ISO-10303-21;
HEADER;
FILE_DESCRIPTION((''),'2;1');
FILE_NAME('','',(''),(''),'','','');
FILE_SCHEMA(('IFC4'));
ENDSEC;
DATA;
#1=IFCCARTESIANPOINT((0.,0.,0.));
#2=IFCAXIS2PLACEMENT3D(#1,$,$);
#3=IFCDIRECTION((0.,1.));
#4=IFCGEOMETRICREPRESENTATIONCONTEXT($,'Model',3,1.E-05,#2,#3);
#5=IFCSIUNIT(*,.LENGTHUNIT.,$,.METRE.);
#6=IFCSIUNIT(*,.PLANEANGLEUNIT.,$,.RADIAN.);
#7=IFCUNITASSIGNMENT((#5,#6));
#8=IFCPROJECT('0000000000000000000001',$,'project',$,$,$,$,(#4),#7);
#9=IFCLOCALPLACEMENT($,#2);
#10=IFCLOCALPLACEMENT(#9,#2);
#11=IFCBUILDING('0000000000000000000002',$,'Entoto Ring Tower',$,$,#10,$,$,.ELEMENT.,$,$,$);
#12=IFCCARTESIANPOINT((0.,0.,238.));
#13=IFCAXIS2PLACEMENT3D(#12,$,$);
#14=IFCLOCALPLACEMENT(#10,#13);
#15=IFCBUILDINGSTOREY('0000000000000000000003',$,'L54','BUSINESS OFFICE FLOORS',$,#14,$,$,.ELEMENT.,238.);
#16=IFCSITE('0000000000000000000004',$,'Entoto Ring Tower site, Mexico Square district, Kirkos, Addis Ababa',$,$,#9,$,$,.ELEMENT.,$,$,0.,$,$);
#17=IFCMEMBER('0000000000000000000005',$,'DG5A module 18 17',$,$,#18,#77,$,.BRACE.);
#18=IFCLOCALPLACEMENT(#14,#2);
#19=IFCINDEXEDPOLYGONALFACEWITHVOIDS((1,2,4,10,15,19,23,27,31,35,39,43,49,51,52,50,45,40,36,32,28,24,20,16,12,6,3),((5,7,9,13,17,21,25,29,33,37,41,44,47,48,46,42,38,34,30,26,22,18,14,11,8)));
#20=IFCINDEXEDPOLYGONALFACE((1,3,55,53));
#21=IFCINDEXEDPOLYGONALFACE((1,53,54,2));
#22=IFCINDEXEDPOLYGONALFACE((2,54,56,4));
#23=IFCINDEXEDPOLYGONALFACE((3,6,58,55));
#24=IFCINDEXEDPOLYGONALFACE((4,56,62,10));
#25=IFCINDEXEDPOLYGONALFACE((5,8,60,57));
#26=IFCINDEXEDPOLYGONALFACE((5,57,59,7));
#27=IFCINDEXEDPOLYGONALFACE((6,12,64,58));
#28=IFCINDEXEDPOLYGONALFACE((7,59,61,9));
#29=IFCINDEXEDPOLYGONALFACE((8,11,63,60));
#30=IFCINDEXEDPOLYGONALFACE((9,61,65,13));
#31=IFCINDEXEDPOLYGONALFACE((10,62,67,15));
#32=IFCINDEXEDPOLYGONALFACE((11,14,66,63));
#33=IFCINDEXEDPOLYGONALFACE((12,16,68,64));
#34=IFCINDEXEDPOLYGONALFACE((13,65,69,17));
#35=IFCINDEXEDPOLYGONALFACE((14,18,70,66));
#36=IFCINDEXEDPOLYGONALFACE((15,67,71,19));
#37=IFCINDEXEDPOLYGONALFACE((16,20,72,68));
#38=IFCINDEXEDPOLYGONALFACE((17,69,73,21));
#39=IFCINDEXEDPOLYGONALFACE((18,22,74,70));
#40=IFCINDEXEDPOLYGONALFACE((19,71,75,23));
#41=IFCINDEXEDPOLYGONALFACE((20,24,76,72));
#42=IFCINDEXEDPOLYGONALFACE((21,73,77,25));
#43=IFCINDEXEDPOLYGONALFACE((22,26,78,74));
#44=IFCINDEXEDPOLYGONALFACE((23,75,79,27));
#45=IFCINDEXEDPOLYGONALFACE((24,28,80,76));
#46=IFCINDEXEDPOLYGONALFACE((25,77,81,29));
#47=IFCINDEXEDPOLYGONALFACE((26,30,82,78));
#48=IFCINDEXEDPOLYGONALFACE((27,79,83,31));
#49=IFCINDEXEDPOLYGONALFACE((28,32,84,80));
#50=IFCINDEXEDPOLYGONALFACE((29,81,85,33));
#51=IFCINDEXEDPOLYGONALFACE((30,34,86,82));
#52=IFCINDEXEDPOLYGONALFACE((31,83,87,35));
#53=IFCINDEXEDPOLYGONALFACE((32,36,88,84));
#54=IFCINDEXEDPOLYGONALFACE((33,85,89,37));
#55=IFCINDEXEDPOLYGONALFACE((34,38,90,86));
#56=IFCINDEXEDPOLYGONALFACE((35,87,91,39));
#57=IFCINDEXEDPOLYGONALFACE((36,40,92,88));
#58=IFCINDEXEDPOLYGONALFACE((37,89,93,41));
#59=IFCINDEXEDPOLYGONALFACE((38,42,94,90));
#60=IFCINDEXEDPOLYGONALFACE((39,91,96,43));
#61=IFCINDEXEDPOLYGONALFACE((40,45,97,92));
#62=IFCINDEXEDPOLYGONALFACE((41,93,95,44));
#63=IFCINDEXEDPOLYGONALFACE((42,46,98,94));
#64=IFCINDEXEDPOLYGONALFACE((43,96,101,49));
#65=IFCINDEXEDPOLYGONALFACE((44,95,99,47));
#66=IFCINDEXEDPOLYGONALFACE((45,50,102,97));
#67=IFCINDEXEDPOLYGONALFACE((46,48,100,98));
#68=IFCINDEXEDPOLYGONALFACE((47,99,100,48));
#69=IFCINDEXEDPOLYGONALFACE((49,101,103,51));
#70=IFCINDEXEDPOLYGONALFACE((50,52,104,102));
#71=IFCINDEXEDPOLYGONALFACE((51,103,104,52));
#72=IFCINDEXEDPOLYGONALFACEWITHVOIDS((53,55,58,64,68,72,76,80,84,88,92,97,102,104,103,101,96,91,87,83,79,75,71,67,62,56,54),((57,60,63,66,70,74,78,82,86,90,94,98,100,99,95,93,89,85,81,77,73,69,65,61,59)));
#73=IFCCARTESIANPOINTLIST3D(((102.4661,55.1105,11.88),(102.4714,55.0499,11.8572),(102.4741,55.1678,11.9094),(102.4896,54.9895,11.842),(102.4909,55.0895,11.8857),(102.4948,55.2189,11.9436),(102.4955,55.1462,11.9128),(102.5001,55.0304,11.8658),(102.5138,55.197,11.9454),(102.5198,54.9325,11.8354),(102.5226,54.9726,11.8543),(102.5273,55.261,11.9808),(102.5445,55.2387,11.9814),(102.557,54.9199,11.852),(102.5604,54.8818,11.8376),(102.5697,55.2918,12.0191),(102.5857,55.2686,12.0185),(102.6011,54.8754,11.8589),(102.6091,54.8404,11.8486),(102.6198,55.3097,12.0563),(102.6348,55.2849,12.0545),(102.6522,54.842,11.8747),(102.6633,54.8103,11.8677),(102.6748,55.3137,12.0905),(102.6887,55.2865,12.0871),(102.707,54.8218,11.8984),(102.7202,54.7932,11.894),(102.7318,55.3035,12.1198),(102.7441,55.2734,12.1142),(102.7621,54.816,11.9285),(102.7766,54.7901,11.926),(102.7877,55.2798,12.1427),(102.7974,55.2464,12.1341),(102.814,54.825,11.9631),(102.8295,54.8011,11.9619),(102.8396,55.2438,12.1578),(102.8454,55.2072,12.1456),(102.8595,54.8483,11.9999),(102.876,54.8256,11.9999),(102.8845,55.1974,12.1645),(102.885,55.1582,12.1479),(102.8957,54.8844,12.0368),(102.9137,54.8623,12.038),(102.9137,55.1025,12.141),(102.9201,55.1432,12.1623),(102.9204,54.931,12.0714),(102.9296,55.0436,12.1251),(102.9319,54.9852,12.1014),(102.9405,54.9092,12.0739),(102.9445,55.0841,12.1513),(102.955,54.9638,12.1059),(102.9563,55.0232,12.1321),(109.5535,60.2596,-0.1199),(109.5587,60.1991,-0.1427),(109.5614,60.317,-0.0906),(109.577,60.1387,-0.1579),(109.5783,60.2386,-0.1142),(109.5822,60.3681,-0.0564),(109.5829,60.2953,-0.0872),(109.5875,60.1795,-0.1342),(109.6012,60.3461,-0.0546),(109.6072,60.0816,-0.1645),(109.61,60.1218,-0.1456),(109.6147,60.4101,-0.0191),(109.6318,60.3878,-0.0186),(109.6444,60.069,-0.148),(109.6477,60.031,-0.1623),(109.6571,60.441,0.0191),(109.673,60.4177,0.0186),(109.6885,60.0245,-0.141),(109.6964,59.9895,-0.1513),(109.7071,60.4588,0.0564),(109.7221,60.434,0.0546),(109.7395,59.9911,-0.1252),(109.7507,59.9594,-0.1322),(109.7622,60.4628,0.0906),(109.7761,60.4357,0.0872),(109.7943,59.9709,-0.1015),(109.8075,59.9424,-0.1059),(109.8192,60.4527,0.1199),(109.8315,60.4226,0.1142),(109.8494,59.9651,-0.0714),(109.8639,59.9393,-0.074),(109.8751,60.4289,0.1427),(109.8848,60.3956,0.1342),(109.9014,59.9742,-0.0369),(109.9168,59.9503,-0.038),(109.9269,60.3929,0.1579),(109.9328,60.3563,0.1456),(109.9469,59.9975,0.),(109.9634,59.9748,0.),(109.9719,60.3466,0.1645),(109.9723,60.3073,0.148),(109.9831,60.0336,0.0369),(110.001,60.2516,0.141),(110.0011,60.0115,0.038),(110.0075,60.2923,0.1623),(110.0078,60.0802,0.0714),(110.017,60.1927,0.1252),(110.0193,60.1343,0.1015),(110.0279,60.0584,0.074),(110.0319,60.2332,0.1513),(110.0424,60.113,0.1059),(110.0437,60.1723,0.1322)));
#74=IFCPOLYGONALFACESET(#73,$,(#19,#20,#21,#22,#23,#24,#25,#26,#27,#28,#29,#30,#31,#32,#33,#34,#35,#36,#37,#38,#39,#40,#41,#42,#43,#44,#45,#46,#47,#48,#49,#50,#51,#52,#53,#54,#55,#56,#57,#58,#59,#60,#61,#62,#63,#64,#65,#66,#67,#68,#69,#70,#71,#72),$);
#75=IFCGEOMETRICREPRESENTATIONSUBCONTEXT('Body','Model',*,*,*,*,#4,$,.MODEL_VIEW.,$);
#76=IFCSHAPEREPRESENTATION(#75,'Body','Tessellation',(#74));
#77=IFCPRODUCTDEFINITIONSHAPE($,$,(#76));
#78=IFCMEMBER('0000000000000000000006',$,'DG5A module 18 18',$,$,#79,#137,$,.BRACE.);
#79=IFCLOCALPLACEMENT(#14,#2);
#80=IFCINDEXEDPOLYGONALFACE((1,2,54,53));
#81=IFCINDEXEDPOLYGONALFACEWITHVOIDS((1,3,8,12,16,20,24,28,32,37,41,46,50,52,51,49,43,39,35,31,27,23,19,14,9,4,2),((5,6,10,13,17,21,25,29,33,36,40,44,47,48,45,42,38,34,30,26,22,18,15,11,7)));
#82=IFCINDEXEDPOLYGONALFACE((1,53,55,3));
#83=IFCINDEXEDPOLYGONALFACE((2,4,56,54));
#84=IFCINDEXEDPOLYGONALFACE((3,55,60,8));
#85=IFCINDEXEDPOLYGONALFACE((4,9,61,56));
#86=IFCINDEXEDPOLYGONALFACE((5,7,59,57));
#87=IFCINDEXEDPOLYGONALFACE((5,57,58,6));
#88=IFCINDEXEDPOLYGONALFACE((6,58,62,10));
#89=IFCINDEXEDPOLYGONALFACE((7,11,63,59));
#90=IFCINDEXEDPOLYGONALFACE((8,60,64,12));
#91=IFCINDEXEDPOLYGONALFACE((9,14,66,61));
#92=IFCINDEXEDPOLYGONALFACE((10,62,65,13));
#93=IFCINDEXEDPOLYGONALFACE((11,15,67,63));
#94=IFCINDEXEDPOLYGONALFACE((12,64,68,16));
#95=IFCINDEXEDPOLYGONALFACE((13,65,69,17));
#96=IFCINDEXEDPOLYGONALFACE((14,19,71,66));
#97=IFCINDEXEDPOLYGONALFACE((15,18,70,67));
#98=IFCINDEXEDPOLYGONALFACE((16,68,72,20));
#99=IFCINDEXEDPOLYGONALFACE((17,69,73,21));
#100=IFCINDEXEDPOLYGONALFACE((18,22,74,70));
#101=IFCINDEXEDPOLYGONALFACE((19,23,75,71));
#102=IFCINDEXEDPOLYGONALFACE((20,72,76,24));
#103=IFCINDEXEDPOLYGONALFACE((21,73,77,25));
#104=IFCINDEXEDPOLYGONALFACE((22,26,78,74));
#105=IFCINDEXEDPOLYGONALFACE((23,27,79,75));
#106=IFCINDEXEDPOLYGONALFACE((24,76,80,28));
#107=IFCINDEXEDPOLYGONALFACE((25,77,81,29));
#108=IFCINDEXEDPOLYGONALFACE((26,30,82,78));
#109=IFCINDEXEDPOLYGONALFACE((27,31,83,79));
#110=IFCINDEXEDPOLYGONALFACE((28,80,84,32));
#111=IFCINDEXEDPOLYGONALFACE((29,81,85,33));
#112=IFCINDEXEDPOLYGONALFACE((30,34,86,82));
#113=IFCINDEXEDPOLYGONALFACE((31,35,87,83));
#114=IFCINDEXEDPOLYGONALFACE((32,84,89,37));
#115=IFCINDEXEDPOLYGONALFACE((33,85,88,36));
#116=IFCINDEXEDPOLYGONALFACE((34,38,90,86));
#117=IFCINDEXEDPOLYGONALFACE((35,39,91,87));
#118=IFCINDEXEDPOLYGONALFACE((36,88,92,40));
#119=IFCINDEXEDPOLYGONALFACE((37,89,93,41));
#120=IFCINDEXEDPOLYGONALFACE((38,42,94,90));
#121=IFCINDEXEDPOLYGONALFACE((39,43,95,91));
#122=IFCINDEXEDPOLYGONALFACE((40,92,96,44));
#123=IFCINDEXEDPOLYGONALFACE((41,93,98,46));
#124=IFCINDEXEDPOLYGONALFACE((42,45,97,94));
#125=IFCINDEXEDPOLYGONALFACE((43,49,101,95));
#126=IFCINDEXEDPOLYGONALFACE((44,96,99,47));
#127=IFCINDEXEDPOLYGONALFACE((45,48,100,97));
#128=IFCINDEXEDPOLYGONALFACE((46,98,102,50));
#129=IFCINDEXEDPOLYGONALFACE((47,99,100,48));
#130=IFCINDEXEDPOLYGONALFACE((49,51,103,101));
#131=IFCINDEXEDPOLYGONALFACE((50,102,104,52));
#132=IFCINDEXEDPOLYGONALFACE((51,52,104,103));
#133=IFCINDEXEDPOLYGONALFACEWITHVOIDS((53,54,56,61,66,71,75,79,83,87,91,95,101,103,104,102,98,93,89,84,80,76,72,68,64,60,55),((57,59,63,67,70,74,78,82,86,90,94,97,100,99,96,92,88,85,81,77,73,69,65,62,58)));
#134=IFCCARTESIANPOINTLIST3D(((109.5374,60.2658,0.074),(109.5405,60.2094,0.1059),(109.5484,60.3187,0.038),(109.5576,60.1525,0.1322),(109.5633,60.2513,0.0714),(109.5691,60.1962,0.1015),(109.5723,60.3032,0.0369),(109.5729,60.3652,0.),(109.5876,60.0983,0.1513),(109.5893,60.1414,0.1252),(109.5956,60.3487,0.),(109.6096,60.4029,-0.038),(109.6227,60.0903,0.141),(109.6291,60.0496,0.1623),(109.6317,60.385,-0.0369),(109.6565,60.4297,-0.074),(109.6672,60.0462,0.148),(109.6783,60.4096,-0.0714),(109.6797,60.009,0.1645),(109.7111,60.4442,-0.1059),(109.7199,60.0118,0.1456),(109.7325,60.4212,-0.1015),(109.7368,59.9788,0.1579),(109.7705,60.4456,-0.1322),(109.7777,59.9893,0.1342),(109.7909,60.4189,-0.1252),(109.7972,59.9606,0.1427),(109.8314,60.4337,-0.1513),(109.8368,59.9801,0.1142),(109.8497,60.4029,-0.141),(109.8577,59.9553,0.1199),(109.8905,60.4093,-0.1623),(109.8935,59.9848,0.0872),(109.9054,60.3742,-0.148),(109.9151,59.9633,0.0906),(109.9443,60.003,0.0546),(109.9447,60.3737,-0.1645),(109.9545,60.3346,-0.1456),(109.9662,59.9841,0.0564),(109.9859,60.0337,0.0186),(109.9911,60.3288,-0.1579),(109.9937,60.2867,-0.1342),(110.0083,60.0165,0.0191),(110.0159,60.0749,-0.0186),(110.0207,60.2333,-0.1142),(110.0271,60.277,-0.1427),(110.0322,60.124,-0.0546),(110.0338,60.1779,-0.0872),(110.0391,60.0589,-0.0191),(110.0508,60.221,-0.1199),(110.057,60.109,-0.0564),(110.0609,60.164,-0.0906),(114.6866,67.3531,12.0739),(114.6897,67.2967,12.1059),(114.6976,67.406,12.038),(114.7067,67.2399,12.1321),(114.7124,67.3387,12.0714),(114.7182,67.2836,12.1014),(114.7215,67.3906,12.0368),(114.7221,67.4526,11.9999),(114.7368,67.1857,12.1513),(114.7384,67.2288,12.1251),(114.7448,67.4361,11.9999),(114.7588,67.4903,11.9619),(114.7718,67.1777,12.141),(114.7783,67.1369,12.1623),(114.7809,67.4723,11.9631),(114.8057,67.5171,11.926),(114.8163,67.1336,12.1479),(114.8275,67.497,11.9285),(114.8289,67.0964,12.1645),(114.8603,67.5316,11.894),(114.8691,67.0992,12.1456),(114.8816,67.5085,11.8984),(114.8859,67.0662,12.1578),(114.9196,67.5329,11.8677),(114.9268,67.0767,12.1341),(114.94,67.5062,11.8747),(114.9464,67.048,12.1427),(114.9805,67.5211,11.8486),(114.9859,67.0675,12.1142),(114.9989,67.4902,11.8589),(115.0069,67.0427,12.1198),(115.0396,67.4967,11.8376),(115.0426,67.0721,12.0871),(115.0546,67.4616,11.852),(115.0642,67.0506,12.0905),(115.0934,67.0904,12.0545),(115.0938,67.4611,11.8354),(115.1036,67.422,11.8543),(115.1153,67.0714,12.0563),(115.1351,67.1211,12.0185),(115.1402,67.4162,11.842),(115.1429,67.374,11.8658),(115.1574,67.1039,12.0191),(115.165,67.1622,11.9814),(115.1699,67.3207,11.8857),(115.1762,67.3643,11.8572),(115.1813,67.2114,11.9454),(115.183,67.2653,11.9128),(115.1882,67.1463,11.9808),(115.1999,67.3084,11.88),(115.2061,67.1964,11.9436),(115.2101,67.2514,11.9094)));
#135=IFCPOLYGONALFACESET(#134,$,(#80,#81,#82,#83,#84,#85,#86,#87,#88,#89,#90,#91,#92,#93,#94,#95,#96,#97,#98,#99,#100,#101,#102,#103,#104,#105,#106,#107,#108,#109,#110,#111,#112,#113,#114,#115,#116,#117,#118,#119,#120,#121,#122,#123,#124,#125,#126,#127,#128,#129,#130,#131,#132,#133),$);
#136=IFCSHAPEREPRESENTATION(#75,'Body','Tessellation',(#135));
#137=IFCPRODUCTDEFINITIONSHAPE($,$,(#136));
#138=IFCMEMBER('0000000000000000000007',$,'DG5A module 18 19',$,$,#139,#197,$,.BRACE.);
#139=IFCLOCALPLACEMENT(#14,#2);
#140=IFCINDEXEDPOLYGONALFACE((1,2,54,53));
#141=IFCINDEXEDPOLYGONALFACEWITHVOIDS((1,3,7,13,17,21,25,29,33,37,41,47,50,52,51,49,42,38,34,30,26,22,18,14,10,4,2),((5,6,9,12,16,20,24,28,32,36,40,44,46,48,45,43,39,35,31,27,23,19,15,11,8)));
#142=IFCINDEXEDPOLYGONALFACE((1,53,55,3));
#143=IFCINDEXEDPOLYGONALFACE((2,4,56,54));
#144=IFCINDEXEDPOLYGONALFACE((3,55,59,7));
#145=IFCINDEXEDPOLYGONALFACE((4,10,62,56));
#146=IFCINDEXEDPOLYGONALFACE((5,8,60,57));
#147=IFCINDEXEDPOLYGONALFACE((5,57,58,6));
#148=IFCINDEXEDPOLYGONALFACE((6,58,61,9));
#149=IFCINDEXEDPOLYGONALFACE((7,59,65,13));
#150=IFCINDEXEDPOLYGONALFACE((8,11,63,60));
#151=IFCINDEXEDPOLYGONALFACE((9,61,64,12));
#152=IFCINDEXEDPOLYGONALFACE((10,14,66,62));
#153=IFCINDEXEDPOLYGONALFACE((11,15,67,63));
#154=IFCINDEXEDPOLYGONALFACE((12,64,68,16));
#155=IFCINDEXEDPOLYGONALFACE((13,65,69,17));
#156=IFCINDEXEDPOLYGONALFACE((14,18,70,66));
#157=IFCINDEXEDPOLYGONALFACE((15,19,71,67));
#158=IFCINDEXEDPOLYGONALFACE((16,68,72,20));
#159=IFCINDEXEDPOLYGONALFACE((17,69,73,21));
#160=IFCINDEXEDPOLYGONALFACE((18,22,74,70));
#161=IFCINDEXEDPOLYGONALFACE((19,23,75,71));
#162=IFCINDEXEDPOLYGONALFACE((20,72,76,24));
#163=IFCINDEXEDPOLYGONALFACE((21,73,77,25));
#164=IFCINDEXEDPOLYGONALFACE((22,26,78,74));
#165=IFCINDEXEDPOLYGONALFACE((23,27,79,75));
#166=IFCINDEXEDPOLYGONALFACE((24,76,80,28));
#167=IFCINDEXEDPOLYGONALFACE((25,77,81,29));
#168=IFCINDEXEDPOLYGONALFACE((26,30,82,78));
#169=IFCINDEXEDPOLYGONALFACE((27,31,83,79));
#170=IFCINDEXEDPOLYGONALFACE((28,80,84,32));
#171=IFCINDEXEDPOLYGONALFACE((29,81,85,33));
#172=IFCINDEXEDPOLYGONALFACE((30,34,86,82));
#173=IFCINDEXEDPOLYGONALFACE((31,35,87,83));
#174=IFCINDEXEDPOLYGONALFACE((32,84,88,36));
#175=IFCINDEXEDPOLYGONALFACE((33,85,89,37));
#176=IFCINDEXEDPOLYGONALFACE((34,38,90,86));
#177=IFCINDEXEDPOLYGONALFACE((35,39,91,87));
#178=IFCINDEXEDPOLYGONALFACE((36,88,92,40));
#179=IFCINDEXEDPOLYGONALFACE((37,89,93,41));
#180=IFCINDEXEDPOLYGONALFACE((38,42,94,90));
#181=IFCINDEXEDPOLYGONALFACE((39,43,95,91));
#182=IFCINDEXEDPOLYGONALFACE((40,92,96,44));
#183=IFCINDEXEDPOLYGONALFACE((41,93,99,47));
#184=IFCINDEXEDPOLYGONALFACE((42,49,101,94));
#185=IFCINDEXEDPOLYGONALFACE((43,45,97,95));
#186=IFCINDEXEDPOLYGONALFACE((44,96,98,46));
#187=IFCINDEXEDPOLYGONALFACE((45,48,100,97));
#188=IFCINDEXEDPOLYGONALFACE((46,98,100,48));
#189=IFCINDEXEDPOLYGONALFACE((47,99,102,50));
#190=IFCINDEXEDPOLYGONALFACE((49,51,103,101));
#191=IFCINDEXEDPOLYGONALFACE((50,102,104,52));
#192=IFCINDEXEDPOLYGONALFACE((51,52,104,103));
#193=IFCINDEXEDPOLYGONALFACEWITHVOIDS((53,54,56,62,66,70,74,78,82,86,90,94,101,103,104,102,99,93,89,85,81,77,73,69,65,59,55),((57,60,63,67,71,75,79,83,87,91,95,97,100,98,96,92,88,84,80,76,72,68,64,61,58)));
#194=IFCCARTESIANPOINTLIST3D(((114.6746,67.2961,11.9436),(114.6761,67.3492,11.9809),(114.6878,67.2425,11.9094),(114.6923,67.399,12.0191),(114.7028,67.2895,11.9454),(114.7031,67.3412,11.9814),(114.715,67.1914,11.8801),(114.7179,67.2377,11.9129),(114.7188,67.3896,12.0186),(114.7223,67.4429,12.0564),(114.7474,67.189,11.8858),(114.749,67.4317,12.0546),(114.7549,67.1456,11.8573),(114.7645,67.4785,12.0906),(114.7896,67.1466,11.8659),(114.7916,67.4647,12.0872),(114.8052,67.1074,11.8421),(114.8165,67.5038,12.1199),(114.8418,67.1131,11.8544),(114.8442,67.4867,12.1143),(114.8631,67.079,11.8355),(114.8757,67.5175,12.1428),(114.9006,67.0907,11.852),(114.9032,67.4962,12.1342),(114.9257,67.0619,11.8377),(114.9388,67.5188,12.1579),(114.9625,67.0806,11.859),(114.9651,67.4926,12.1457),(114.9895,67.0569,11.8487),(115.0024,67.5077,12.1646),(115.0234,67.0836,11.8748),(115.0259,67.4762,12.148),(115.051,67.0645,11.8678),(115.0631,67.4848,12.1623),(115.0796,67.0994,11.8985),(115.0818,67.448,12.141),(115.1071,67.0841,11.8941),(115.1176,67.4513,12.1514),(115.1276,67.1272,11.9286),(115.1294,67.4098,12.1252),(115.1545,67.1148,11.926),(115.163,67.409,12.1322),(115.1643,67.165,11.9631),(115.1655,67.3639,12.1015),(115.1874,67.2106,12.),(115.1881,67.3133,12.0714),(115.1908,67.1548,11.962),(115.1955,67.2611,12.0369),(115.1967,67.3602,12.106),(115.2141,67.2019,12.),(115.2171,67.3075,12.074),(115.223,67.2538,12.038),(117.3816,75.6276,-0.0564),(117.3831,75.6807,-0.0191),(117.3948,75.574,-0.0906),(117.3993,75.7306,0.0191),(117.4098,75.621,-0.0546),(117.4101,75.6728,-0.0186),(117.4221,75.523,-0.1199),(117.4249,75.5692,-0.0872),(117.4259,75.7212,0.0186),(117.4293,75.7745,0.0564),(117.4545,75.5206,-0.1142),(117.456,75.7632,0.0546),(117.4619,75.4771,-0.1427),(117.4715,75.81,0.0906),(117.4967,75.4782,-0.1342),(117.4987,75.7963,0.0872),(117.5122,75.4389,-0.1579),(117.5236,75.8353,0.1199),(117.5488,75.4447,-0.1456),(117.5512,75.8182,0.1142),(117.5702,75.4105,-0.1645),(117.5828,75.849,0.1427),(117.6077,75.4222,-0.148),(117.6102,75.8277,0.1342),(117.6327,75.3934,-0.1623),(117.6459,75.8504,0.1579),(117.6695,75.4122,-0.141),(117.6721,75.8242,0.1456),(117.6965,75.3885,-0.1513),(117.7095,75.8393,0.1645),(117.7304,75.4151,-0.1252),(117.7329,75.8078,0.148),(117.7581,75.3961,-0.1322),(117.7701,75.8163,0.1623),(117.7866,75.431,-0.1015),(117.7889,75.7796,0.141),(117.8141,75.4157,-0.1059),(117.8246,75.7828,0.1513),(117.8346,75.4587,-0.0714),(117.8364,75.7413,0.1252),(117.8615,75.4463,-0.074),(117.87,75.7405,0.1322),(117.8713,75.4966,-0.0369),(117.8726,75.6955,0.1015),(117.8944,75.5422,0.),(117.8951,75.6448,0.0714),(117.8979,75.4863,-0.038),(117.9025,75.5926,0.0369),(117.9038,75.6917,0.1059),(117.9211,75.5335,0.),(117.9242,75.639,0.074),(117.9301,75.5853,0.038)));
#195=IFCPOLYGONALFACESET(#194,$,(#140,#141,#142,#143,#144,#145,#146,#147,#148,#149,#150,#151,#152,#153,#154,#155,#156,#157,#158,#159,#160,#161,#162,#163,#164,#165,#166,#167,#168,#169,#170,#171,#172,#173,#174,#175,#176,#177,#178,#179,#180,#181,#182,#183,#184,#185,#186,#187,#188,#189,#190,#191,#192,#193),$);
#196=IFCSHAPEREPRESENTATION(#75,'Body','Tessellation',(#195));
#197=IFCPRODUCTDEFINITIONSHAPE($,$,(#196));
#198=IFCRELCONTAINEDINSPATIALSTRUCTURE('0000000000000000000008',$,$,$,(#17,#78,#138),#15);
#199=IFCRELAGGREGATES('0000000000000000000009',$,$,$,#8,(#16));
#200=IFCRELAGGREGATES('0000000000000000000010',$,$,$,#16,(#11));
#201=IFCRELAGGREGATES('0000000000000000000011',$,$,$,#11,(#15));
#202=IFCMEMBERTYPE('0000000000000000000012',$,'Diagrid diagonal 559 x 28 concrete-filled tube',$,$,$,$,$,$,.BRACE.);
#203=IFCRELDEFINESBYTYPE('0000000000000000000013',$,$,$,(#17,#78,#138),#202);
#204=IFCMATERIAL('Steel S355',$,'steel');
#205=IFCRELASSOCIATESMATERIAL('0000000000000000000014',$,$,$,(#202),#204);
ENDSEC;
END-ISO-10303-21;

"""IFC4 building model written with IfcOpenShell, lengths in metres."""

from ifc_helpers import new_model, si_unit, direction, frame, origin, origin_2d, place, context, subcontext, project, spatial, circle, hollow_circle, extrude, material, material_profile, profile_set, type_object, element, save


model = new_model("IFC4")

# Units and contexts
model_context = context("Model", 3, precision=1e-05, world=origin(), true_north=direction((0.0, 1.0)))
body_context = subcontext(model_context, "Body", "Model", "MODEL_VIEW")
ifc_project = project(units=[si_unit("LENGTHUNIT", "METRE"), si_unit("PLANEANGLEUNIT", "RADIAN")], contexts=[model_context])

# Site, building, storey
site_placement = place(None, origin())
site = spatial("IfcSite", under=ifc_project, at=site_placement, Name="Entoto Ring Tower site, Mexico Square district, Kirkos, Addis Ababa", CompositionType="ELEMENT", RefElevation=0.0)
building_placement = place(site_placement, origin())
building = spatial("IfcBuilding", under=site, at=building_placement, Name="Entoto Ring Tower", CompositionType="ELEMENT")
storey_placement = place(building_placement, frame((0.0, 0.0, 238.0)))
storey = spatial("IfcBuildingStorey", under=building, at=storey_placement, Name="L54", Description="BUSINESS OFFICE FLOORS", CompositionType="ELEMENT", Elevation=238.0)

# Members
ifc_material_1 = material(Name="Steel S355", Category="steel")
ifc_material_profile_1 = material_profile(ifc_material_1, hollow_circle(Radius=0.2795, WallThickness=0.0281, at=origin_2d()), Name="CHS 559 x 28")
ifc_material_2 = material(Name="Concrete C60/75", Category="concrete")
ifc_material_profile_2 = material_profile(ifc_material_2, circle(Radius=0.2515, at=origin_2d()), Name="Concrete C60/75 infill")
ifc_profile_set_1 = profile_set([ifc_material_profile_1, ifc_material_profile_2], Name="Steel S355")
member_type_1 = type_object("IfcMemberType", Name="Diagrid diagonal 559 x 28 concrete-filled tube", PredefinedType="BRACE", material=ifc_profile_set_1)
for number, where, z_axis, x_axis, name in (
    (1, (109.7991, 60.2009, 0.0), (-0.477025, -0.34657, 0.807673), (0.587776, -0.809024, 0.0), "DG5A module 18 17"),
    (2, (109.7991, 60.2009, 0.0), (0.34657, 0.477025, 0.807673), (-0.809024, 0.587776, 0.0), "DG5A module 18 18"),
    (3, (117.6553, 75.6199, 0.0), (-0.182201, -0.560767, 0.807678), (0.951058, -0.309012, 0.0), "DG5A module 18 19"),
):
    element("IfcMember", number, at=place(storey_placement, frame(where, z_axis=z_axis, x_axis=x_axis)), inside=storey, type_object=member_type_1, Name=name, PredefinedType="BRACE", context=body_context, shape_type="SweptSolid", body=[
        extrude(hollow_circle(Radius=0.2795, WallThickness=0.0281, at=origin_2d()), origin(), (0.0, 0.0, 1.0), 14.8574),
    ])

save(model, "model.ifc")
